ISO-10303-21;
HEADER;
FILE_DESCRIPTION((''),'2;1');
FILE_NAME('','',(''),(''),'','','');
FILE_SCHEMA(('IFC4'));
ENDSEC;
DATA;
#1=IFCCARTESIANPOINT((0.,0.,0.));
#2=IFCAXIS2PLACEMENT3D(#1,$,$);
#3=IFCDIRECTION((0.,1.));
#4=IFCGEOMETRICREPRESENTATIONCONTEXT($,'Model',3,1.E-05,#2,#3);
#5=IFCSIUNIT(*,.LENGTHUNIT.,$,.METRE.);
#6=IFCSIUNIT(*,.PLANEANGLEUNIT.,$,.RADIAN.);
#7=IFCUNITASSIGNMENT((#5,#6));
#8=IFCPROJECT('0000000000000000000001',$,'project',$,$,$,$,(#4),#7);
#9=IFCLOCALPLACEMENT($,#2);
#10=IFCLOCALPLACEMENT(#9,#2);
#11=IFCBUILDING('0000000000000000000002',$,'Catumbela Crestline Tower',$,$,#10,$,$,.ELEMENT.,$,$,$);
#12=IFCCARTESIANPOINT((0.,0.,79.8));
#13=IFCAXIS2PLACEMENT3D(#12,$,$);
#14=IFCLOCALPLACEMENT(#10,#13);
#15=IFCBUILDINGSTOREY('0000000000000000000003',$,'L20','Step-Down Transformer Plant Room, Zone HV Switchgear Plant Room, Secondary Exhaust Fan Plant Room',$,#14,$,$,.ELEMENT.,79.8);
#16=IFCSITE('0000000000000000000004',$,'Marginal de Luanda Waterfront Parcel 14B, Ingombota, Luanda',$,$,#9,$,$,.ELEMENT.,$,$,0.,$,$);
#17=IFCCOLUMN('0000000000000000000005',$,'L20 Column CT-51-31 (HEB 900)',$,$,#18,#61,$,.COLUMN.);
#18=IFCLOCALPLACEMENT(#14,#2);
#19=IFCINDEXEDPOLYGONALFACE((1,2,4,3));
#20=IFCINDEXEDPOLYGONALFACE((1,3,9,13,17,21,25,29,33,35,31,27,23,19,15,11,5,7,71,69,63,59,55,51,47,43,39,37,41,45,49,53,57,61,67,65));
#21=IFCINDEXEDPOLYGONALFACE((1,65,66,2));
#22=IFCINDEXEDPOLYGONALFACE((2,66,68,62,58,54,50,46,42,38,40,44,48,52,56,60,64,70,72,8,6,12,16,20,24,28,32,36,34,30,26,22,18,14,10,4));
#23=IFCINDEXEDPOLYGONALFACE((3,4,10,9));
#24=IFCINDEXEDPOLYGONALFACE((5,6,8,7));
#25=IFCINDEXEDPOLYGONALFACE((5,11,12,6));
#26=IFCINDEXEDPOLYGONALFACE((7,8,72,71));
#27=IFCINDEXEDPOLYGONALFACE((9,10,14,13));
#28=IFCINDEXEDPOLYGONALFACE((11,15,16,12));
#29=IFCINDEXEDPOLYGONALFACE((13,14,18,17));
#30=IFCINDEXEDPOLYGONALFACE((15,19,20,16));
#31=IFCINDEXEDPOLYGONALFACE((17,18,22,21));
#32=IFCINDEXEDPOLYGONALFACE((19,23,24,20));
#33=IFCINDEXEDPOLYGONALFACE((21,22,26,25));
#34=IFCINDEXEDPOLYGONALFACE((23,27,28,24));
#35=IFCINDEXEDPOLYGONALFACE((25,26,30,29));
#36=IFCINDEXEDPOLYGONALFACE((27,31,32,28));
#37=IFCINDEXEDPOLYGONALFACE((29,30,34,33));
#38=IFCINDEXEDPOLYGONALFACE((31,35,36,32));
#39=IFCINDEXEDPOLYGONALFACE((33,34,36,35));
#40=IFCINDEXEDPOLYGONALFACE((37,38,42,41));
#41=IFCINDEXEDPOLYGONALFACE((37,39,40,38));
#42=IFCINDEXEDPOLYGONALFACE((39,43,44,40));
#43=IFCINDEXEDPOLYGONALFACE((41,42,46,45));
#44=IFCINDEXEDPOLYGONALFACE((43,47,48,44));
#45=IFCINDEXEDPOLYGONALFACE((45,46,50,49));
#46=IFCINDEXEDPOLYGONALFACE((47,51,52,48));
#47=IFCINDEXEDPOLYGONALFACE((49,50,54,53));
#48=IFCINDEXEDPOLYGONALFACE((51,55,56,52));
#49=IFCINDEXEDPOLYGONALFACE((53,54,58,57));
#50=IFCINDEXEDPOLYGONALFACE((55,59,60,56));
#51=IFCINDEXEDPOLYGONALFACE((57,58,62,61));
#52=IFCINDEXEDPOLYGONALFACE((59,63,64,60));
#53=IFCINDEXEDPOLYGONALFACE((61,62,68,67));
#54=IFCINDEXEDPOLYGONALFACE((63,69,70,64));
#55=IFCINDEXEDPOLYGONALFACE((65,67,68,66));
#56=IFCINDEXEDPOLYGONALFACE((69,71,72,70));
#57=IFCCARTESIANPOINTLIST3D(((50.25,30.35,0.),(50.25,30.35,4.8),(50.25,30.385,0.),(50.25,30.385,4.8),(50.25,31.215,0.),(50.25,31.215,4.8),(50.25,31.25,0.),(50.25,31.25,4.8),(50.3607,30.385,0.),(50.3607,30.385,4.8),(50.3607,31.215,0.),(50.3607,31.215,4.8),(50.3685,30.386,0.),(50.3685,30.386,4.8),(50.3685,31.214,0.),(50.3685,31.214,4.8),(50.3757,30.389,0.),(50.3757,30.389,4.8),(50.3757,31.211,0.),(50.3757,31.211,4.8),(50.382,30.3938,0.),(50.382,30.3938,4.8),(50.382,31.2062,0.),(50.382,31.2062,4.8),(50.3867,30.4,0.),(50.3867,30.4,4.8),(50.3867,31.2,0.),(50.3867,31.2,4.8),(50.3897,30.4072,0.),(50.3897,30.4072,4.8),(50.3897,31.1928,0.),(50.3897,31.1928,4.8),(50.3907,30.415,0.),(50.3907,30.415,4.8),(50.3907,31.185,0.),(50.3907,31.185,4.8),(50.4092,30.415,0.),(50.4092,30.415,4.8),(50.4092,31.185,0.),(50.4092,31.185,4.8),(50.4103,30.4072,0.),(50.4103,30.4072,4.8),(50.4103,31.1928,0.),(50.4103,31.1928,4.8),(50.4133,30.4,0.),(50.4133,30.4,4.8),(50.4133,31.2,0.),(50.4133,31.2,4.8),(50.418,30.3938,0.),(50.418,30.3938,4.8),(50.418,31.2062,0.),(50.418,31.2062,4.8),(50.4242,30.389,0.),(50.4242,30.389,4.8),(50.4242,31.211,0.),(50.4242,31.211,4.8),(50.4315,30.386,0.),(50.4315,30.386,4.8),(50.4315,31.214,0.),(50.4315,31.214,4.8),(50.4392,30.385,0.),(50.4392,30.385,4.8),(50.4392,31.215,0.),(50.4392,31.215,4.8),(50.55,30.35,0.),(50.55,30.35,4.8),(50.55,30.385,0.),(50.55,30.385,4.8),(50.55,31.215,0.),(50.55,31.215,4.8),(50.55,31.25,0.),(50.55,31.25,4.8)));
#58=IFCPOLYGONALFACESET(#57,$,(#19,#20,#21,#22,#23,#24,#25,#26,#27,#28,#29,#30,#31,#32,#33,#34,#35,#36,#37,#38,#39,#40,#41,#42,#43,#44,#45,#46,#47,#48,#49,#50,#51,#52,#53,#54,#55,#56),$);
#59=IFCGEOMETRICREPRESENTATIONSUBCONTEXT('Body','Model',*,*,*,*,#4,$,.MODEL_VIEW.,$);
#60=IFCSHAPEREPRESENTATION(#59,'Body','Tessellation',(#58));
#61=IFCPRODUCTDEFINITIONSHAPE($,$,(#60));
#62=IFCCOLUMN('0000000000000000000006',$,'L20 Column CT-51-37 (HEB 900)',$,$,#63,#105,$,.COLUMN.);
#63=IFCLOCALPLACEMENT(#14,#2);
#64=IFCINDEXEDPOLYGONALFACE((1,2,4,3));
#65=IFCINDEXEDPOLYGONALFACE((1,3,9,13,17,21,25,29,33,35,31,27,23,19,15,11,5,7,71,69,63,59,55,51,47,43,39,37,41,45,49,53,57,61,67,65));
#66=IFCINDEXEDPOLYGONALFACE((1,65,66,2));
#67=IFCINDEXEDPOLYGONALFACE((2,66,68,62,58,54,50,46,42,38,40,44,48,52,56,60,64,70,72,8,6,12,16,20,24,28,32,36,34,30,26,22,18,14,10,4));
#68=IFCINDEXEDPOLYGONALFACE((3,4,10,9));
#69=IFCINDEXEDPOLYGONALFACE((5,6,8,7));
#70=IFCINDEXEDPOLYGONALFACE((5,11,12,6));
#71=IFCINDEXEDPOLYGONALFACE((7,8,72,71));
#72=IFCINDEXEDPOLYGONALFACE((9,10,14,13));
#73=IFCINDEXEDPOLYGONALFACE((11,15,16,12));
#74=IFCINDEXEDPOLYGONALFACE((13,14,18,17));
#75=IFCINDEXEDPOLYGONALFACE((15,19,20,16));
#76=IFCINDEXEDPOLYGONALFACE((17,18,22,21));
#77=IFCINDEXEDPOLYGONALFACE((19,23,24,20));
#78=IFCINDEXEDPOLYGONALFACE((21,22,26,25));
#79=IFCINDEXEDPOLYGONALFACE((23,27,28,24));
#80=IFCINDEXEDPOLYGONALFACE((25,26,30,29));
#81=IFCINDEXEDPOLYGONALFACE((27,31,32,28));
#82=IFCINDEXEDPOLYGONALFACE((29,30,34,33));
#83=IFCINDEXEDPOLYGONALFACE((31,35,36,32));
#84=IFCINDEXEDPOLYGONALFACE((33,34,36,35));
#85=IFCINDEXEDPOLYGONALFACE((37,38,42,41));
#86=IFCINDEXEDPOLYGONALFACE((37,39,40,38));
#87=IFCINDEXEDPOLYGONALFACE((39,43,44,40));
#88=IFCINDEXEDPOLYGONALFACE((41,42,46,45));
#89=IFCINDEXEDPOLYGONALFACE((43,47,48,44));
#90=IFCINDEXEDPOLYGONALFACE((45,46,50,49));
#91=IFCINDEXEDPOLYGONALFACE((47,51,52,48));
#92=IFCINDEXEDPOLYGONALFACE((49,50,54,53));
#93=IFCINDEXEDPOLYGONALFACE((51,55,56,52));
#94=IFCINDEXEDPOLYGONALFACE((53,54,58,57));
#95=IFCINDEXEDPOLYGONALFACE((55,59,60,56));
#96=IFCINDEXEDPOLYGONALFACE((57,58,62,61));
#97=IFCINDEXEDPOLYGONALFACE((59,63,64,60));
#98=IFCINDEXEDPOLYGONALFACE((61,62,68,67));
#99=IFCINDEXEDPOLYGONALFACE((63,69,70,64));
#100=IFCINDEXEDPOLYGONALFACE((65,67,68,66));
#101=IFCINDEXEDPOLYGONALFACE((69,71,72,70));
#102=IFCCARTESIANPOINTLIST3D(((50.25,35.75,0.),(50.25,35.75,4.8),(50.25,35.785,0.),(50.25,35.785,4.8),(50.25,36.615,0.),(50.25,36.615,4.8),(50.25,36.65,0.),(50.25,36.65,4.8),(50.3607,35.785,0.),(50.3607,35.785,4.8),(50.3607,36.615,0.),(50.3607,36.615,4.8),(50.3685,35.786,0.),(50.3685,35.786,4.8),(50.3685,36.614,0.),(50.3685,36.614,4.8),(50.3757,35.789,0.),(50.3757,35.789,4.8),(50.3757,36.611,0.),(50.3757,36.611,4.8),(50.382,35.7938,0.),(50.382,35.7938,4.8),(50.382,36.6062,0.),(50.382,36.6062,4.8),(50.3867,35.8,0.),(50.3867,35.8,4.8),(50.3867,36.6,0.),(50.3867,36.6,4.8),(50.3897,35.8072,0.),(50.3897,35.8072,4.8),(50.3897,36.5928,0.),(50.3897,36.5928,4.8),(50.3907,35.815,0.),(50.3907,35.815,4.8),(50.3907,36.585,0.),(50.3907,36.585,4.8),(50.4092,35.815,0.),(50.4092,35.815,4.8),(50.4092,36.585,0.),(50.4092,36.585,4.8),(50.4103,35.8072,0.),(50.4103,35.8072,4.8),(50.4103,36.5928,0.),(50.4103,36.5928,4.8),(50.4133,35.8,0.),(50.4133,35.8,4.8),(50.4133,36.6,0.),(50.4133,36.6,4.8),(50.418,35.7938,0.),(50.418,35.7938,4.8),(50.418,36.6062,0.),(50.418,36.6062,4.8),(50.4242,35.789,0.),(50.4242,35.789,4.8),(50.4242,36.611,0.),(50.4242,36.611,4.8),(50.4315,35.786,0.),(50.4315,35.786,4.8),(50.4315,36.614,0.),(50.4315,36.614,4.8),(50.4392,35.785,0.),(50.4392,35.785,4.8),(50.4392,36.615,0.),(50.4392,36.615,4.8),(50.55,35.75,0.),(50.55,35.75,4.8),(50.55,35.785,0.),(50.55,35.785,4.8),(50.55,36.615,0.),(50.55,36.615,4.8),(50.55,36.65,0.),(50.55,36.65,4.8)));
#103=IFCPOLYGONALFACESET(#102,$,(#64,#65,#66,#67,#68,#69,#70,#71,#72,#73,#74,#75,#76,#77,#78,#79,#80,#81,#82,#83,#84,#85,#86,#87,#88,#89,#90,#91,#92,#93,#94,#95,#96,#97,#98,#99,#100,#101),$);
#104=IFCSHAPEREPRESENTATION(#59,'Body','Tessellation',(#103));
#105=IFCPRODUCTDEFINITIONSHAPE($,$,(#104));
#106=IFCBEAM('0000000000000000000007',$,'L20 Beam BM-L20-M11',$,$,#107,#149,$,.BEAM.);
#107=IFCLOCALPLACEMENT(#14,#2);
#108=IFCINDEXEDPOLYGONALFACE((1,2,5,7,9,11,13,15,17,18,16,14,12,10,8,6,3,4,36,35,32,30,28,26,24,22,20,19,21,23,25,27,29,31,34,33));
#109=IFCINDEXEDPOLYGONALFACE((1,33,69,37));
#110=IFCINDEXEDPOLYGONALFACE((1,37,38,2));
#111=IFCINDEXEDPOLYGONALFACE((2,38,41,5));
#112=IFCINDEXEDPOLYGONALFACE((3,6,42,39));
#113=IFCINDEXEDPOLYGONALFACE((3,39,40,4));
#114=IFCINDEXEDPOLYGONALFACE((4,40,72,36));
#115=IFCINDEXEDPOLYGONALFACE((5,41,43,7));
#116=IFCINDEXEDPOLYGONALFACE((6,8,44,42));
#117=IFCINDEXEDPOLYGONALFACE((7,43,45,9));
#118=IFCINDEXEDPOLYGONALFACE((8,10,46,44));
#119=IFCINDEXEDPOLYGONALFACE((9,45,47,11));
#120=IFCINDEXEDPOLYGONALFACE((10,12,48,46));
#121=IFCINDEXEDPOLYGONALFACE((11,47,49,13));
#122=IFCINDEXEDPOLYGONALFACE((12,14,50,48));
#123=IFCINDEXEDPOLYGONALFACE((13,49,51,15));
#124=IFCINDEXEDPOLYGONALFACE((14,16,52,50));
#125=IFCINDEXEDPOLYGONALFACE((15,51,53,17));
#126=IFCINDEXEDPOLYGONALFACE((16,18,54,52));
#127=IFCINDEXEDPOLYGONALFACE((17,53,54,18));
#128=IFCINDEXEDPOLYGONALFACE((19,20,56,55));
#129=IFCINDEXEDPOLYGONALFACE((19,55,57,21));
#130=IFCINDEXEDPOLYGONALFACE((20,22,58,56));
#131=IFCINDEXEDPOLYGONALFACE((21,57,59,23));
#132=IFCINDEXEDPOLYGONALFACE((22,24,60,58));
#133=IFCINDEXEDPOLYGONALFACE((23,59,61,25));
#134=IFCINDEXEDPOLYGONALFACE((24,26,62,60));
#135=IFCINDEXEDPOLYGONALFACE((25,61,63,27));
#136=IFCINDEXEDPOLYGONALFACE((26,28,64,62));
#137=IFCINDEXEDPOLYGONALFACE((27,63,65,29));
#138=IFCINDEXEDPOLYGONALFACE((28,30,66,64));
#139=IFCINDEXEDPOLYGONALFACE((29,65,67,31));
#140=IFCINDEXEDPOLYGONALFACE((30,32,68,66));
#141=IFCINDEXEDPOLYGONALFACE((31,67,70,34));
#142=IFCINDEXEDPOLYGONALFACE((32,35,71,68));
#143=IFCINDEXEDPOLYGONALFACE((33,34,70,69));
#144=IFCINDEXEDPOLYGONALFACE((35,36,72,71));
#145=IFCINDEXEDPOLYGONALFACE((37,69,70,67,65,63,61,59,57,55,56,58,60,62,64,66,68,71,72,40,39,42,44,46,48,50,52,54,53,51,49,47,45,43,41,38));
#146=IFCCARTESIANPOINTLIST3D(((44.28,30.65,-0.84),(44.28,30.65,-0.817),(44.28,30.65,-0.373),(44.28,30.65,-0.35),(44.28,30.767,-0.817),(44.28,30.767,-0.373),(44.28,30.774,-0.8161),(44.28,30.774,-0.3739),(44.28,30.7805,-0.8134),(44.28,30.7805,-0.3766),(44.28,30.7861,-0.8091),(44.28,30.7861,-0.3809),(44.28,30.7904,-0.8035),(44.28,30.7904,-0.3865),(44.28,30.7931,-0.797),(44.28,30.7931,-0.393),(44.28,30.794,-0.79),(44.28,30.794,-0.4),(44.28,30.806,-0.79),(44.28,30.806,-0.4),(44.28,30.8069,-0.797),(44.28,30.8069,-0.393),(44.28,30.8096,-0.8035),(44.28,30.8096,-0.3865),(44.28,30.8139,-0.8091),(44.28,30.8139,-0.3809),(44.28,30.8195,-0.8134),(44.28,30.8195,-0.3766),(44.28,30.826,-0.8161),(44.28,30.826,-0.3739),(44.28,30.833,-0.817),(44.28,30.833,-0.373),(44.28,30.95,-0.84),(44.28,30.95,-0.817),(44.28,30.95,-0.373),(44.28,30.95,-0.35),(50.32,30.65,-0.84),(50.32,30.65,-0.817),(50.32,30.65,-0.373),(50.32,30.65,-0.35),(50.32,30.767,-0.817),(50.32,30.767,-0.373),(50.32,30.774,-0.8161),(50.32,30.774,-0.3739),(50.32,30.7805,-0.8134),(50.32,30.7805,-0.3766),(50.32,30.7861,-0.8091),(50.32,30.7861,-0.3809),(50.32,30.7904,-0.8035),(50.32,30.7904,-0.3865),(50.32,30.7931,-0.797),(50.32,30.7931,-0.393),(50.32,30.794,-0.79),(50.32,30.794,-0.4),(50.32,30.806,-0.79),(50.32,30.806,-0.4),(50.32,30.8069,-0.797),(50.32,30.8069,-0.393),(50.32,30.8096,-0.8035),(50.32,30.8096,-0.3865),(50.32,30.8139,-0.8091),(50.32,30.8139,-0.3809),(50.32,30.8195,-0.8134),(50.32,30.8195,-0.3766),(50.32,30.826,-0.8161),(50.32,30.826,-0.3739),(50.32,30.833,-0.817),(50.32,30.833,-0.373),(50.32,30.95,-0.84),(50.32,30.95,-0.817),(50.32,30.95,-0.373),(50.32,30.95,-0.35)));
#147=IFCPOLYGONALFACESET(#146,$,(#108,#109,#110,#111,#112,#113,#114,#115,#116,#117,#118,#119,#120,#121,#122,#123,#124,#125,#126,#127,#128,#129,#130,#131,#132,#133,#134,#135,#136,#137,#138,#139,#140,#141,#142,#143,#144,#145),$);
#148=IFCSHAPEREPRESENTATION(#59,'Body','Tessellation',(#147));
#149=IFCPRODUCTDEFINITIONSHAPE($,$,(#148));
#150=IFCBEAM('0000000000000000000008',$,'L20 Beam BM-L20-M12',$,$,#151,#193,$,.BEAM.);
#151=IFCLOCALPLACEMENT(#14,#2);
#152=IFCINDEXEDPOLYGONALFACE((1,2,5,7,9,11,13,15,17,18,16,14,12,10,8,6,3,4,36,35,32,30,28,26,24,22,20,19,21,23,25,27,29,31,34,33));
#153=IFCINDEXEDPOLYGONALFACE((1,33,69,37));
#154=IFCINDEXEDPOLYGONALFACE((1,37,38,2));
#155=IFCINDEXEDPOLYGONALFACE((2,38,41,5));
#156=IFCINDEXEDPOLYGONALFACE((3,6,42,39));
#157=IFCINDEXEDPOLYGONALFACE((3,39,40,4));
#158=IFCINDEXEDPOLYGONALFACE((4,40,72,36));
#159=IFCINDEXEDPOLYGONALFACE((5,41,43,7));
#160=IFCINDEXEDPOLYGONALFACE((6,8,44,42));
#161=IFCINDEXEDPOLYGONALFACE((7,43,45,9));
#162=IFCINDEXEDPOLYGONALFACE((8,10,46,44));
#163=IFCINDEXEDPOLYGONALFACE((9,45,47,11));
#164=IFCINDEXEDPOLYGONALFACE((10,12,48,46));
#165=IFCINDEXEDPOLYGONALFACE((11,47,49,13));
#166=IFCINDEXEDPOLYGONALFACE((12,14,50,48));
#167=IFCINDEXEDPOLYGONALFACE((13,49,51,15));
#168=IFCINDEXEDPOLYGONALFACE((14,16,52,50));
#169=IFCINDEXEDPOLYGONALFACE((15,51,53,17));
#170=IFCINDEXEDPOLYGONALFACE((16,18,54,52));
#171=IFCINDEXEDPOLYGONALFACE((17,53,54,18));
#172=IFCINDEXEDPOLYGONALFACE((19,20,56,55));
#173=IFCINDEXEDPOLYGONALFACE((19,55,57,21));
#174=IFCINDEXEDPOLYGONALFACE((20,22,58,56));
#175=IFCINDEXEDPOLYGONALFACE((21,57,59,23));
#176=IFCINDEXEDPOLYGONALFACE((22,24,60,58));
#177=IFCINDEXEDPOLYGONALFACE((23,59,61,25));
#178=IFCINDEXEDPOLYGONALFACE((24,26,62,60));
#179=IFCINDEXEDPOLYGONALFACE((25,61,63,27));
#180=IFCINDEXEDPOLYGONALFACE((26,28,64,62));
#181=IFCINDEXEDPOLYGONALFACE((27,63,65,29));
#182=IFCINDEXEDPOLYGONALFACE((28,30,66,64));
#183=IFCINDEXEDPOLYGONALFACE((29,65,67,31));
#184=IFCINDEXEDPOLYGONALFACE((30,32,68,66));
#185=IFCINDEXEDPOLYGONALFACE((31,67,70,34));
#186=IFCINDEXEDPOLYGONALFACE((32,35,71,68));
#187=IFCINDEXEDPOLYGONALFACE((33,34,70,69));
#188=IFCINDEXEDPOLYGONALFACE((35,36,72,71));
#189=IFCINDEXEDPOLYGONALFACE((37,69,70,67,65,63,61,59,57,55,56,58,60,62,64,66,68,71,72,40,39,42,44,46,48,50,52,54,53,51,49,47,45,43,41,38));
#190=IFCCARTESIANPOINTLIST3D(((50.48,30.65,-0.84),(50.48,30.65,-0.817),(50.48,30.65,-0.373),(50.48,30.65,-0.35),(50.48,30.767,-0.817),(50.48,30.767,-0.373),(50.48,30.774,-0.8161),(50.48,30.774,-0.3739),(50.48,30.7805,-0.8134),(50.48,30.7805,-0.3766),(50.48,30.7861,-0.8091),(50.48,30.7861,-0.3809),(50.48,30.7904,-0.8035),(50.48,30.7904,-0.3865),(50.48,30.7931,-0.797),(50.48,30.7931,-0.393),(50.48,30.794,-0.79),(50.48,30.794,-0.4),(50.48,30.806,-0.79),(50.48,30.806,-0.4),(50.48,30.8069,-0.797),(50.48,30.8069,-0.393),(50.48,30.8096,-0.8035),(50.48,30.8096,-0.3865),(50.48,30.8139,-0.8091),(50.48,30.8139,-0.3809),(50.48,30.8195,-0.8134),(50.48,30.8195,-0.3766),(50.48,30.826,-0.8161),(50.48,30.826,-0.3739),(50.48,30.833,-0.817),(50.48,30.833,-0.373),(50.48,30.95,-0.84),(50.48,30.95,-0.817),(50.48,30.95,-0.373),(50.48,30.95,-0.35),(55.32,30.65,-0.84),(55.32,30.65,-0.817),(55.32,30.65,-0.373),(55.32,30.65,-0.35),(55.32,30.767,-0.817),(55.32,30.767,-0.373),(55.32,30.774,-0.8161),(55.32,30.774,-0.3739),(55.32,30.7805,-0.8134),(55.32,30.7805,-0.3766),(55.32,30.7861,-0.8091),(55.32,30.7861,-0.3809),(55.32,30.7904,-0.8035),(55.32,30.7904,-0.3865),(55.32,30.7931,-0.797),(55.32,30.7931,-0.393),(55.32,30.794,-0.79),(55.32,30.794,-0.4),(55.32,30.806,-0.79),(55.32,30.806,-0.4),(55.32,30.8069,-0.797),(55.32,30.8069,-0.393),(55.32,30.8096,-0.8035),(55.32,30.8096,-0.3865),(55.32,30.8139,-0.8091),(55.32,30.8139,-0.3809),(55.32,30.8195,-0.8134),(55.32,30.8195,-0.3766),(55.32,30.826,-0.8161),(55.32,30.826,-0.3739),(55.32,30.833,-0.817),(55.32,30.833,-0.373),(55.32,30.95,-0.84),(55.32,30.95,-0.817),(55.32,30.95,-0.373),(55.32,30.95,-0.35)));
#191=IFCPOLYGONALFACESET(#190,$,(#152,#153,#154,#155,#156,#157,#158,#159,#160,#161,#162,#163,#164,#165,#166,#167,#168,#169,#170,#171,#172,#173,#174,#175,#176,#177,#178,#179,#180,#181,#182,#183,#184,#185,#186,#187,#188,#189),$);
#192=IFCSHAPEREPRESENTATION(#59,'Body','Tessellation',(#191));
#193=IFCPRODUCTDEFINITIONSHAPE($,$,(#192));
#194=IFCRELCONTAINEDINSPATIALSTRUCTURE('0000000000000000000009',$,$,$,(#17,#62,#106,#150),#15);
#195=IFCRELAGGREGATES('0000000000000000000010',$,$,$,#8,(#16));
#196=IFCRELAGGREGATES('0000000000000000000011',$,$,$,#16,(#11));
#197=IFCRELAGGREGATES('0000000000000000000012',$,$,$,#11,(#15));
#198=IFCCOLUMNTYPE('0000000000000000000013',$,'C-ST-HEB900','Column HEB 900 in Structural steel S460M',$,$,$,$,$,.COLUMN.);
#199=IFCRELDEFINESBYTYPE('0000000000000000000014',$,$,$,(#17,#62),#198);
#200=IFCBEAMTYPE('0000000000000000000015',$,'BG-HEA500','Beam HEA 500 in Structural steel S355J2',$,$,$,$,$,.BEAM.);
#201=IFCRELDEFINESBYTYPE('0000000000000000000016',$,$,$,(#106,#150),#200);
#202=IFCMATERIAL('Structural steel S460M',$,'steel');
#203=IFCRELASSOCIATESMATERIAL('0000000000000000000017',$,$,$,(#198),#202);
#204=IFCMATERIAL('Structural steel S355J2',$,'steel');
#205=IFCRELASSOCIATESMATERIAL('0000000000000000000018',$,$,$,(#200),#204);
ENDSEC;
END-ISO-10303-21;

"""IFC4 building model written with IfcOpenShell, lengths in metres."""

from ifc_helpers import new_model, si_unit, direction, frame, origin, origin_2d, place, context, subcontext, project, spatial, i_section, extrude, material, material_profile, profile_set, type_object, element, save


model = new_model("IFC4")

# Units and contexts
model_context = context("Model", 3, precision=1e-05, world=origin(), true_north=direction((0.0, 1.0)))
body_context = subcontext(model_context, "Body", "Model", "MODEL_VIEW")
ifc_project = project(units=[si_unit("LENGTHUNIT", "METRE"), si_unit("PLANEANGLEUNIT", "RADIAN")], contexts=[model_context])

# Site, building, storey
site_placement = place(None, origin())
site = spatial("IfcSite", under=ifc_project, at=site_placement, Name="Marginal de Luanda Waterfront Parcel 14B, Ingombota, Luanda", CompositionType="ELEMENT", RefElevation=0.0)
building_placement = place(site_placement, origin())
building = spatial("IfcBuilding", under=site, at=building_placement, Name="Catumbela Crestline Tower", CompositionType="ELEMENT")
storey_placement = place(building_placement, frame((0.0, 0.0, 79.8)))
storey = spatial("IfcBuildingStorey", under=building, at=storey_placement, Name="L20", Description="Step-Down Transformer Plant Room, Zone HV Switchgear Plant Room, Secondary Exhaust Fan Plant Room", CompositionType="ELEMENT", Elevation=79.8)

# Columns
ifc_material_1 = material(Name="Structural steel S460M", Category="steel")
ifc_material_profile_1 = material_profile(ifc_material_1, i_section(OverallWidth=0.3, OverallDepth=0.9, WebThickness=0.0185, FlangeThickness=0.035, FilletRadius=0.03, at=origin_2d()), Name="HEB 900")
ifc_profile_set_1 = profile_set([ifc_material_profile_1], Name="Structural steel S460M")
column_type_1 = type_object("IfcColumnType", Name="C-ST-HEB900", Description="Column HEB 900 in Structural steel S460M", PredefinedType="COLUMN", material=ifc_profile_set_1)
for number, where, z_axis, x_axis, name in (
    (1, (50.4, 30.8, 0.0), (0.0, 0.0, 1.0), (1.0, 0.0, 0.0), "L20 Column CT-51-31 (HEB 900)"),
    (2, (50.4, 36.2, 0.0), (0.0, 0.0, 1.0), (1.0, 0.0, 0.0), "L20 Column CT-51-37 (HEB 900)"),
):
    element("IfcColumn", number, at=place(storey_placement, frame(where, z_axis=z_axis, x_axis=x_axis)), inside=storey, type_object=column_type_1, Name=name, PredefinedType="COLUMN", context=body_context, shape_type="SweptSolid", body=[
        extrude(i_section(OverallWidth=0.3, OverallDepth=0.9, WebThickness=0.0185, FlangeThickness=0.035, FilletRadius=0.03, at=origin_2d()), origin(), (0.0, 0.0, 1.0), 4.8),
    ])

# Beams
ifc_material_2 = material(Name="Structural steel S355J2", Category="steel")
ifc_material_profile_2 = material_profile(ifc_material_2, i_section(OverallWidth=0.3, OverallDepth=0.49, WebThickness=0.012, FlangeThickness=0.023, FilletRadius=0.027, at=origin_2d()), Name="HEA 500")
ifc_profile_set_2 = profile_set([ifc_material_profile_2], Name="Structural steel S355J2")
beam_type_1 = type_object("IfcBeamType", Name="BG-HEA500", Description="Beam HEA 500 in Structural steel S355J2", PredefinedType="BEAM", material=ifc_profile_set_2)
beam_1_placement = place(storey_placement, frame((44.28, 30.8, -0.595), z_axis=(1.0, 0.0, 0.0), x_axis=(0.0, 1.0, 0.0)))
element("IfcBeam", 3, at=beam_1_placement, inside=storey, type_object=beam_type_1, Name="L20 Beam BM-L20-M11", PredefinedType="BEAM", context=body_context, shape_type="SweptSolid", body=[
    extrude(i_section(OverallWidth=0.3, OverallDepth=0.49, WebThickness=0.012, FlangeThickness=0.023, FilletRadius=0.027, at=origin_2d()), origin(), (0.0, 0.0, 1.0), 6.04),
])
beam_2_placement = place(storey_placement, frame((50.48, 30.8, -0.595), z_axis=(1.0, 0.0, 0.0), x_axis=(0.0, 1.0, 0.0)))
element("IfcBeam", 4, at=beam_2_placement, inside=storey, type_object=beam_type_1, Name="L20 Beam BM-L20-M12", PredefinedType="BEAM", context=body_context, shape_type="SweptSolid", body=[
    extrude(i_section(OverallWidth=0.3, OverallDepth=0.49, WebThickness=0.012, FlangeThickness=0.023, FilletRadius=0.027, at=origin_2d()), origin(), (0.0, 0.0, 1.0), 4.84),
])

save(model, "model.ifc")
